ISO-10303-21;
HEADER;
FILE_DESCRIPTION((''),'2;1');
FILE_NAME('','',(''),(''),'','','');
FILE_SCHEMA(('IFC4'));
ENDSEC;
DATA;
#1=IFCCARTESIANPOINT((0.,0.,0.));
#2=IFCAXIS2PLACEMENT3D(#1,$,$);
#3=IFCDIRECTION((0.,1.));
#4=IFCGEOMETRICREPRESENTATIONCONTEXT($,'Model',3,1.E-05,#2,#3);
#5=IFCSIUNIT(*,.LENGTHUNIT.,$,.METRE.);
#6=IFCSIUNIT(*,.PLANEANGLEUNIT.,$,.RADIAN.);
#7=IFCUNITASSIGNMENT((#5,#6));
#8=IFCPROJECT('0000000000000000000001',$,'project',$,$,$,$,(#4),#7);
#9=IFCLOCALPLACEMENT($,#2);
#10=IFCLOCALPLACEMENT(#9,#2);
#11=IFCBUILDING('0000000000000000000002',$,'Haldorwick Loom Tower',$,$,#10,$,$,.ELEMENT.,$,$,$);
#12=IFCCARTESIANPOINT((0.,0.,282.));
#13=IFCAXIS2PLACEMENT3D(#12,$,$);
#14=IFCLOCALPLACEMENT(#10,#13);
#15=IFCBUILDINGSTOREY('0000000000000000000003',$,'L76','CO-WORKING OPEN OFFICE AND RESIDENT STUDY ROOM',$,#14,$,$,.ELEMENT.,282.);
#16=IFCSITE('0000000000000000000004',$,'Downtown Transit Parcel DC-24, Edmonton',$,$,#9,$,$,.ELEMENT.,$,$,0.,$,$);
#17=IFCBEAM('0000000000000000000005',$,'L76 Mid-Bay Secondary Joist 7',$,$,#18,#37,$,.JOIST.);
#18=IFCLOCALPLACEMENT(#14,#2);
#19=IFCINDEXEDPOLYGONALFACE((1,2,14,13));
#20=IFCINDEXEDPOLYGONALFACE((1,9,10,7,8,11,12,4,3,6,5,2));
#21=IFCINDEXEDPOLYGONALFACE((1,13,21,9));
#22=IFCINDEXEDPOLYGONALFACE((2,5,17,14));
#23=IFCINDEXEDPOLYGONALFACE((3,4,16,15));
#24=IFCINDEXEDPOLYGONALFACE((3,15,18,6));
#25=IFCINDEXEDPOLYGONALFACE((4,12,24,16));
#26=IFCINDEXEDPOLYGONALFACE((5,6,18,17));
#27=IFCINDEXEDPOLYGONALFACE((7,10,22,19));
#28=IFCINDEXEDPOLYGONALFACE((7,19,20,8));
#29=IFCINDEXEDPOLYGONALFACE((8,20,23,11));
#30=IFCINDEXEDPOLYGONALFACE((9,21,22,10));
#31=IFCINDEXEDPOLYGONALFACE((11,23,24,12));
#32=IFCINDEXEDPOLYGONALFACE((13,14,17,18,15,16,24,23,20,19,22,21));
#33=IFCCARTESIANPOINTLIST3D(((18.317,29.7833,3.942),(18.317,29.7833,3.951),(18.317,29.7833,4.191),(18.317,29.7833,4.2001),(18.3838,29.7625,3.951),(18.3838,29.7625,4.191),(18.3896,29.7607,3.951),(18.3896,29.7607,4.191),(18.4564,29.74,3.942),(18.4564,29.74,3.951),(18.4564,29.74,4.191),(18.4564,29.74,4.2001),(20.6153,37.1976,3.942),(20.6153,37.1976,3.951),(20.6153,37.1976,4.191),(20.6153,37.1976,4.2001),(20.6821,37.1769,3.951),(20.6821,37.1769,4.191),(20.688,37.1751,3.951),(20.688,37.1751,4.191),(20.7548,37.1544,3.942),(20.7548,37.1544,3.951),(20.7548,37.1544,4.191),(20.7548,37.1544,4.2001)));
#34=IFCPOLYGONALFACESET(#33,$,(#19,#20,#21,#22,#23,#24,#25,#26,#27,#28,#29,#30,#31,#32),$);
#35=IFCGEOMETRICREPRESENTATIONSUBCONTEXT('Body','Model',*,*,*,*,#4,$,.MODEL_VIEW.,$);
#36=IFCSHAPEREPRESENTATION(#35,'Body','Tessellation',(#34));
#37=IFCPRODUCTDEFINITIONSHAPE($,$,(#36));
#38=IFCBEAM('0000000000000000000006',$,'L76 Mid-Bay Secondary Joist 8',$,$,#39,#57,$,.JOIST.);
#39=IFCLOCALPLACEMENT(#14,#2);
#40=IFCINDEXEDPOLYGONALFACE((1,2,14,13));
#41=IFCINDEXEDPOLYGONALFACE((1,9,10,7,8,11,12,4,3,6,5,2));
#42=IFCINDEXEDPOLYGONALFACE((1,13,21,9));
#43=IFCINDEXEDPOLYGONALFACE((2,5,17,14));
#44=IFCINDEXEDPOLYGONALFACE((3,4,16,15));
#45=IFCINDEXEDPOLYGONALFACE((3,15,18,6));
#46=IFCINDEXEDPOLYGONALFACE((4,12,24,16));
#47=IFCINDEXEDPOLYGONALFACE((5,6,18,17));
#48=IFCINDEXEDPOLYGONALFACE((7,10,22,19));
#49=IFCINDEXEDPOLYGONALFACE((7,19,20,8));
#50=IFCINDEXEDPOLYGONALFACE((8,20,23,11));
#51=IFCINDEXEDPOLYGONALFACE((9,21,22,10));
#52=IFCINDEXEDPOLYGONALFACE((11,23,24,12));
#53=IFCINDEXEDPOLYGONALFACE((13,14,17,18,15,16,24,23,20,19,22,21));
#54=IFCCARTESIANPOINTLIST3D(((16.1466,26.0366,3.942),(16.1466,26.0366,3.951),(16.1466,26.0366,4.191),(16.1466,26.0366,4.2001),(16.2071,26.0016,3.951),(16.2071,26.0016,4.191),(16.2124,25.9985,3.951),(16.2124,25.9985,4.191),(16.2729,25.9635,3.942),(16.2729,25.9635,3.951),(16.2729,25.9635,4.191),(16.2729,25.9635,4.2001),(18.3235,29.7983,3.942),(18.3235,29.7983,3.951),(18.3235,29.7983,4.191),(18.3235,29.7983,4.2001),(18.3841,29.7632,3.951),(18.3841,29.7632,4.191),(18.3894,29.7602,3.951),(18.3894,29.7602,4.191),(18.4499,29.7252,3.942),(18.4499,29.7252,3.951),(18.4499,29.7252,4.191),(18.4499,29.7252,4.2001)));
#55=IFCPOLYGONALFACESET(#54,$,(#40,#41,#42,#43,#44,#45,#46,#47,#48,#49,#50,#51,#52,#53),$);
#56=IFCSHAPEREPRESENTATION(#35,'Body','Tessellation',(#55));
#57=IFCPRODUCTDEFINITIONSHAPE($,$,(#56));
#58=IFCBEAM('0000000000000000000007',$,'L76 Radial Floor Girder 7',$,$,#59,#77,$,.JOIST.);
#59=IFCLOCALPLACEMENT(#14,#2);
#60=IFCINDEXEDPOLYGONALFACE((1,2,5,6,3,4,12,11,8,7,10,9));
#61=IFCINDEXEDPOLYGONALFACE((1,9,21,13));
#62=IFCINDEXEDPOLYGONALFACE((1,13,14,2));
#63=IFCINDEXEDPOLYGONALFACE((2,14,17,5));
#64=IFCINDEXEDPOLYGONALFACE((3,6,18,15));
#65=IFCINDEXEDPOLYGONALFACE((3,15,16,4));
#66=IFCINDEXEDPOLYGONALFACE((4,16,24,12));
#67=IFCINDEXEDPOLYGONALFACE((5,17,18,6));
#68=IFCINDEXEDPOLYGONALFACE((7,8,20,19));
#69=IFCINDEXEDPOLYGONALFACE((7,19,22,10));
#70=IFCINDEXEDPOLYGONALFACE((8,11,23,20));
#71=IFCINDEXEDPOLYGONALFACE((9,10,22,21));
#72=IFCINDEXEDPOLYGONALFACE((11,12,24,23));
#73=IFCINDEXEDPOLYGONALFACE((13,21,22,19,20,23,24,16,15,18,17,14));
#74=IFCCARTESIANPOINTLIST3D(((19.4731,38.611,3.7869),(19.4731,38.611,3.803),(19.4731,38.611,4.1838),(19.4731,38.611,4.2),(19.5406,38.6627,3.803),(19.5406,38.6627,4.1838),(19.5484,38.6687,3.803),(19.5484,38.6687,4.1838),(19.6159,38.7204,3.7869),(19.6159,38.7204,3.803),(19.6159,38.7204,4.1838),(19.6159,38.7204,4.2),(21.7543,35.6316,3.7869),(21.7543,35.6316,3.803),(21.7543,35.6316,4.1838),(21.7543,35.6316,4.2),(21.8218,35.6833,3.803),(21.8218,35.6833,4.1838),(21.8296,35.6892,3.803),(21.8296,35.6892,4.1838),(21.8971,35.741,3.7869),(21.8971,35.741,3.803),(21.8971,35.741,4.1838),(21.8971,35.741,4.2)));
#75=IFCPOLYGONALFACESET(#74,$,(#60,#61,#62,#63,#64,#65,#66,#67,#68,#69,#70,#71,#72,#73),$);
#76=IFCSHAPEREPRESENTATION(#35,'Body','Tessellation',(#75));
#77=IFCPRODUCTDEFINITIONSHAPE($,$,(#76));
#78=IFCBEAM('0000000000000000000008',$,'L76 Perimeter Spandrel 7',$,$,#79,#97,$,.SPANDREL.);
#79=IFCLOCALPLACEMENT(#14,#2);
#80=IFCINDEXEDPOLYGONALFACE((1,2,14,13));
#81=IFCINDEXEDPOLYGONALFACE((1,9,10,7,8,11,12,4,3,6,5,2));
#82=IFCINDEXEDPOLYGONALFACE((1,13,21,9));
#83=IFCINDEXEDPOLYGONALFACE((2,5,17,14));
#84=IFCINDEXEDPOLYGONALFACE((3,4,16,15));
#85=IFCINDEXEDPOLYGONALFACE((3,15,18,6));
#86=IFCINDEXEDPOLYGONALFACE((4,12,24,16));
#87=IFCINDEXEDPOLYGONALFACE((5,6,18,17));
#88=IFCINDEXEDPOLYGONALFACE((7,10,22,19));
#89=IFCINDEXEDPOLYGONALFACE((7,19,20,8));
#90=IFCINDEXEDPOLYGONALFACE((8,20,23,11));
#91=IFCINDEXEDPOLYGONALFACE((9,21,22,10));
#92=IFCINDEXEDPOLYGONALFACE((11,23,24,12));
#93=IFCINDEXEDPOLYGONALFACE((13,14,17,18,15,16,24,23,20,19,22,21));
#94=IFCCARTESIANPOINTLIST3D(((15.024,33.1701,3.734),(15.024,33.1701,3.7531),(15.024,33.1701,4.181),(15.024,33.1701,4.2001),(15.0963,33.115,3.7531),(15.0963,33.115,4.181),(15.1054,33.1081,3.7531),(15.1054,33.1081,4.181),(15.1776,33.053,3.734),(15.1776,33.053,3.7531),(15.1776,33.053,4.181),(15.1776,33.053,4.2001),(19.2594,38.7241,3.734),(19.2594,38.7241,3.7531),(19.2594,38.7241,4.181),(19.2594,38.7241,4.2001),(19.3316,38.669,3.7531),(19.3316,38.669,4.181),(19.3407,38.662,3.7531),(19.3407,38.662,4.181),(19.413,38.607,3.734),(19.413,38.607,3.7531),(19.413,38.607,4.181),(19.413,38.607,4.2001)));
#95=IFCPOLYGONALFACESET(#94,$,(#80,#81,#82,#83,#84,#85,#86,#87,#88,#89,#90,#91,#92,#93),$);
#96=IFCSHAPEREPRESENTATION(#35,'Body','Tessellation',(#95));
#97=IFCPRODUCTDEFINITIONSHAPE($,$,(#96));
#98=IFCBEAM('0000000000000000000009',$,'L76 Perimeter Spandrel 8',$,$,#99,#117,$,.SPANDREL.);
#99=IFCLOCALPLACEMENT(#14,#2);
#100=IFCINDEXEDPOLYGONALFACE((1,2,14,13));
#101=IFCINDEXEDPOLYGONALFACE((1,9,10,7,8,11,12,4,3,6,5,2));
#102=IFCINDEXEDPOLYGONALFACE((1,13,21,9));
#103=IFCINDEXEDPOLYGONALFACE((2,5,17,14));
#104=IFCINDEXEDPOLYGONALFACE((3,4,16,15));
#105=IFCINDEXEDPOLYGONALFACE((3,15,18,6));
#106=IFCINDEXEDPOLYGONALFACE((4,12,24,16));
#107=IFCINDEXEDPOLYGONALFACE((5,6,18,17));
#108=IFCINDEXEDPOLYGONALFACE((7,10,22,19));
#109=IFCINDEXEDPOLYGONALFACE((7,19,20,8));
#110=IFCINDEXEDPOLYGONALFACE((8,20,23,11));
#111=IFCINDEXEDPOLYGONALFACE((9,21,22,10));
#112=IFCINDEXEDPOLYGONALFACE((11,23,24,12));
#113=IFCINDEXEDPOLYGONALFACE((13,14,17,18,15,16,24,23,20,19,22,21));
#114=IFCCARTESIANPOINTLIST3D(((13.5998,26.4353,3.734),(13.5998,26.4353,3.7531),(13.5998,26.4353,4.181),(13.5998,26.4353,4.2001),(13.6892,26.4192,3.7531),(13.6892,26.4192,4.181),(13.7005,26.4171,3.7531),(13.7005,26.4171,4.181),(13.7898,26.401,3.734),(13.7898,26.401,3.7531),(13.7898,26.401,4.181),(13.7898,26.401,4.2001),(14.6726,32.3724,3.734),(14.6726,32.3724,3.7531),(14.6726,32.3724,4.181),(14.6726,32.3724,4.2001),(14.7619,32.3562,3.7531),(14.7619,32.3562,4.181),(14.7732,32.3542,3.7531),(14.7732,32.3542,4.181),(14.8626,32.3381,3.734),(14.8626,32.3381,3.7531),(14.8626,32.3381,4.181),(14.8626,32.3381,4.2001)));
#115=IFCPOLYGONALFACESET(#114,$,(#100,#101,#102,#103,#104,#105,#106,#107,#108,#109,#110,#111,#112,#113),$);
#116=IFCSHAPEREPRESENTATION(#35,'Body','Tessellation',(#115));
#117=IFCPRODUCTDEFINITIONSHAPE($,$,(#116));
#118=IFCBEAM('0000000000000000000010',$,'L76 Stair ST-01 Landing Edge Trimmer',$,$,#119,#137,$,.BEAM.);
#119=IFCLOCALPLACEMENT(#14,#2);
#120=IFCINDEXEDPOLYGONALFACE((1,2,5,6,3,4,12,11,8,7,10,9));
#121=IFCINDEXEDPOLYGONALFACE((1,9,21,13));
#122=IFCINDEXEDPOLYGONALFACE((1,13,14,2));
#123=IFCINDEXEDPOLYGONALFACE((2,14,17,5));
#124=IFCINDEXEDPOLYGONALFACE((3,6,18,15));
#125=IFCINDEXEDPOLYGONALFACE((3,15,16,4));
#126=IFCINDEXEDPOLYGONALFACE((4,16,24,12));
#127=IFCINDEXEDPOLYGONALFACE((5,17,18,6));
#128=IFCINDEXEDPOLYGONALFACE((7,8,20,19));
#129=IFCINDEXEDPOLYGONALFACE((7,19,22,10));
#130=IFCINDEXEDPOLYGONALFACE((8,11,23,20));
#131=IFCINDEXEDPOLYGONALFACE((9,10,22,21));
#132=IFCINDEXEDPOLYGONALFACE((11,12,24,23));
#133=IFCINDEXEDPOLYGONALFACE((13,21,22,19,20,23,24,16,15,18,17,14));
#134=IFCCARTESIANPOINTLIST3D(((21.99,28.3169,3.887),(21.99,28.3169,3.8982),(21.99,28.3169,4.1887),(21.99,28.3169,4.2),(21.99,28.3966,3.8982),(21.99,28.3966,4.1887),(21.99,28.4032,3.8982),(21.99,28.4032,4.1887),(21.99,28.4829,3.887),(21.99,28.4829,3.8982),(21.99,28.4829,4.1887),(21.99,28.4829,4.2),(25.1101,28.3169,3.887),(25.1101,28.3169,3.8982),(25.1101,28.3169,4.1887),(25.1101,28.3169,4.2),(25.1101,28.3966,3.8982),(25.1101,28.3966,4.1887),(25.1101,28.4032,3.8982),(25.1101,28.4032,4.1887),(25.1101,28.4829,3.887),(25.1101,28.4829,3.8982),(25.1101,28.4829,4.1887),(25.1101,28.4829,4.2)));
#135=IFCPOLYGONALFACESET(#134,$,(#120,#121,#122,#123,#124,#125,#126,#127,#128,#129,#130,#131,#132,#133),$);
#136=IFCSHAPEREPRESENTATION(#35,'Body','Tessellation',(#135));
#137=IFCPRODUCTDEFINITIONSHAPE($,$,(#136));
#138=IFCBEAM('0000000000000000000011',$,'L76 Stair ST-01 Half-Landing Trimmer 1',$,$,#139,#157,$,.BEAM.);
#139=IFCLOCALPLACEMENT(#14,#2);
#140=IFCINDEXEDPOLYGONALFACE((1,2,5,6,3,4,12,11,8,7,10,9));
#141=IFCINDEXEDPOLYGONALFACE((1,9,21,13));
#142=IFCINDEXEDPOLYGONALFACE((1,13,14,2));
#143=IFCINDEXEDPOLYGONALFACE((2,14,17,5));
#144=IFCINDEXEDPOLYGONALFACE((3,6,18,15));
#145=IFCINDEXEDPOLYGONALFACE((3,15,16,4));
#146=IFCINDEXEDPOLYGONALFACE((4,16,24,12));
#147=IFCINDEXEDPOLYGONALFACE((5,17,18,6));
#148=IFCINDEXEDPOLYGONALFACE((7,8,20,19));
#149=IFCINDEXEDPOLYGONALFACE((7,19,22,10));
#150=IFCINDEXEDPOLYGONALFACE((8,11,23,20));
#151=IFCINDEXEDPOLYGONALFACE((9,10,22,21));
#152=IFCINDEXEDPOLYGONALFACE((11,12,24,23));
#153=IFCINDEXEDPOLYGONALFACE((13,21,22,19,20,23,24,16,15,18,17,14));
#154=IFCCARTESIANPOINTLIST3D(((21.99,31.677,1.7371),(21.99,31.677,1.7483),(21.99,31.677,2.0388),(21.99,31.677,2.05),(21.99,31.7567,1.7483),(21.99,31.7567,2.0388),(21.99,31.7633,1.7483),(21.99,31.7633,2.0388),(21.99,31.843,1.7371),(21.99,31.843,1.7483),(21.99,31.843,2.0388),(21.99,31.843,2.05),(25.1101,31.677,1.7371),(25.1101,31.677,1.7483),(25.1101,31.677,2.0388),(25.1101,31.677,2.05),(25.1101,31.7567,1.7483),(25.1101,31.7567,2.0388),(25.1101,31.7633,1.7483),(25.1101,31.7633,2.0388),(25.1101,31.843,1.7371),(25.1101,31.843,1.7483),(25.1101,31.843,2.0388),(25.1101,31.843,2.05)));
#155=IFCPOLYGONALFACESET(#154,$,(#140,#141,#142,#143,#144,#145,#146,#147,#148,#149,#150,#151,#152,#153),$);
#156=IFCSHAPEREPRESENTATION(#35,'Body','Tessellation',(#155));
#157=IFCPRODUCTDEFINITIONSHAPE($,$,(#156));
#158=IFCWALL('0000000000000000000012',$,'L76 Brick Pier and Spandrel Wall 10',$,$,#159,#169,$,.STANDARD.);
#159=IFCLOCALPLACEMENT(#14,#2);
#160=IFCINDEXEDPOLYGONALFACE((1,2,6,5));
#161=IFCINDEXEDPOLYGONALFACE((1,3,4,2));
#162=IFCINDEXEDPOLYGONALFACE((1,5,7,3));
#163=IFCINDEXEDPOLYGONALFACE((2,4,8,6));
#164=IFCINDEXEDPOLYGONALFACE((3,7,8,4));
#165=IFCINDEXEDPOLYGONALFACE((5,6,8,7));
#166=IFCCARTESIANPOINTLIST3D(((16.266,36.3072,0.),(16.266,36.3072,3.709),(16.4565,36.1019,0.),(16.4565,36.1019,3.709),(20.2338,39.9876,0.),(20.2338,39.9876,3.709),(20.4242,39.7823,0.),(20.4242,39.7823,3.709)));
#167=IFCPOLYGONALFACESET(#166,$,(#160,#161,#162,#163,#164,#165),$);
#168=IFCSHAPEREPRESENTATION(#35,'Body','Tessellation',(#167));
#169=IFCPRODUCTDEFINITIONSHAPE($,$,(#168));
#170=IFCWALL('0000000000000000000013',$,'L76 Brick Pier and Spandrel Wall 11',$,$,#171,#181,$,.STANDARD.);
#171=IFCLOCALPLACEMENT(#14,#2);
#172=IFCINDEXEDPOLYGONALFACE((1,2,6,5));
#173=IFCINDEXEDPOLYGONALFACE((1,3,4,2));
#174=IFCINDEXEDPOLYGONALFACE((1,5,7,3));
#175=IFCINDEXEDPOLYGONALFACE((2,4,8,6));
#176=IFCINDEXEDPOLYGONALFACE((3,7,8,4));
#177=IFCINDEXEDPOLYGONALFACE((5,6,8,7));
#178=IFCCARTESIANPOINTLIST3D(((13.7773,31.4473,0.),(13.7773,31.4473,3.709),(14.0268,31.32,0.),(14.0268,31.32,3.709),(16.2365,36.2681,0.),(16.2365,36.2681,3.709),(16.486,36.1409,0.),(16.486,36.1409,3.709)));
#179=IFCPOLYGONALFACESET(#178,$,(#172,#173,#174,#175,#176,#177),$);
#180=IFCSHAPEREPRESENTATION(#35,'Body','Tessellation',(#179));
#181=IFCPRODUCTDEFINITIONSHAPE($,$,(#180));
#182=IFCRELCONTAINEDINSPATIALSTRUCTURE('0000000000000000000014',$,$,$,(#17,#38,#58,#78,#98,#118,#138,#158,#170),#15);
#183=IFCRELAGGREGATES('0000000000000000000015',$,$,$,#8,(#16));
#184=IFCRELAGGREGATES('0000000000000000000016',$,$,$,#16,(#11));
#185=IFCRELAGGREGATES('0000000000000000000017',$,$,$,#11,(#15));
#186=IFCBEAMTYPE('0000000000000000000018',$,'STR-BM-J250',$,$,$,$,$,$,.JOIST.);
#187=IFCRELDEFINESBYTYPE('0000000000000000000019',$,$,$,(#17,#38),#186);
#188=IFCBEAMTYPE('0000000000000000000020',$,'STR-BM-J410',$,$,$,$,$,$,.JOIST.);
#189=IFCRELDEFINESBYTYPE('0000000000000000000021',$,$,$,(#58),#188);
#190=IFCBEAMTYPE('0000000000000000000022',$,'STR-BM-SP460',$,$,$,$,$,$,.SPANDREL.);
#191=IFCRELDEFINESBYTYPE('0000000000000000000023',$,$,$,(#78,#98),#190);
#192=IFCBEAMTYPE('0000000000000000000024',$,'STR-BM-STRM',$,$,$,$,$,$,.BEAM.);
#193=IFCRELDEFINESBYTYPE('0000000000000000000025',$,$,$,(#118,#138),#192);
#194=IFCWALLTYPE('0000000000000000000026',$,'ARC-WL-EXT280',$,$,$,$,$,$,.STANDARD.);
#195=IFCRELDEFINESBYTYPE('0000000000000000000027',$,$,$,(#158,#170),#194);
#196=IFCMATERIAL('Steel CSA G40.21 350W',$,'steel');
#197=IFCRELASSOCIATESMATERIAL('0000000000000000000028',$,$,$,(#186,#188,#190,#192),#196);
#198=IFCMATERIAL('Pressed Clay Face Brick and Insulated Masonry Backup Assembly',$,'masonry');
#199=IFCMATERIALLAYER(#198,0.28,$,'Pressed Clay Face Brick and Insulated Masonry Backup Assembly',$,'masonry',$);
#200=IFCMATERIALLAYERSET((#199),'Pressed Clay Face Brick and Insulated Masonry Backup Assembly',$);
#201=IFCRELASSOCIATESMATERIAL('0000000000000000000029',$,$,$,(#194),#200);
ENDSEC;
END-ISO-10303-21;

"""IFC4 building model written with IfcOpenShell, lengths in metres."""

from ifc_helpers import new_model, si_unit, direction, frame, frame_2d, origin, origin_2d, place, context, subcontext, project, spatial, rectangle, i_section, extrude, material, layer, layer_set, material_profile, profile_set, type_object, element, save


model = new_model("IFC4")

# Units and contexts
model_context = context("Model", 3, precision=1e-05, world=origin(), true_north=direction((0.0, 1.0)))
body_context = subcontext(model_context, "Body", "Model", "MODEL_VIEW")
ifc_project = project(units=[si_unit("LENGTHUNIT", "METRE"), si_unit("PLANEANGLEUNIT", "RADIAN")], contexts=[model_context])

# Site, building, storey
site_placement = place(None, origin())
site = spatial("IfcSite", under=ifc_project, at=site_placement, Name="Downtown Transit Parcel DC-24, Edmonton", CompositionType="ELEMENT", RefElevation=0.0)
building_placement = place(site_placement, origin())
building = spatial("IfcBuilding", under=site, at=building_placement, Name="Haldorwick Loom Tower", CompositionType="ELEMENT")
storey_placement = place(building_placement, frame((0.0, 0.0, 282.0)))
storey = spatial("IfcBuildingStorey", under=building, at=storey_placement, Name="L76", Description="CO-WORKING OPEN OFFICE AND RESIDENT STUDY ROOM", CompositionType="ELEMENT", Elevation=282.0)

# Shared definitions
ifc_material_1 = material(Name="Steel CSA G40.21 350W", Category="steel")

# Beams
ifc_material_profile_1 = material_profile(ifc_material_1, i_section(OverallWidth=0.146, OverallDepth=0.2581, WebThickness=0.0061, FlangeThickness=0.009, at=origin_2d()), Name="W250X33", Category="steel")
ifc_profile_set_1 = profile_set([ifc_material_profile_1], Name="Steel CSA G40.21 350W")
beam_type_1 = type_object("IfcBeamType", Name="STR-BM-J250", PredefinedType="JOIST", material=ifc_profile_set_1)
beam_1_placement = place(storey_placement, frame((20.6851, 37.176, 4.071), z_axis=(-0.296088, -0.955161, 0.0), x_axis=(0.955161, -0.296088, 0.0)))
element("IfcBeam", 1, at=beam_1_placement, inside=storey, type_object=beam_type_1, Name="L76 Mid-Bay Secondary Joist 7", PredefinedType="JOIST", context=body_context, shape_type="SweptSolid", body=[
    extrude(i_section(OverallWidth=0.146, OverallDepth=0.2581, WebThickness=0.0061, FlangeThickness=0.009, at=origin_2d()), origin(), (0.0, 0.0, 1.0), 7.7625),
])
beam_2_placement = place(storey_placement, frame((18.3867, 29.7617, 4.071), z_axis=(-0.500892, -0.86551, 0.0), x_axis=(0.86551, -0.500892, 0.0)))
element("IfcBeam", 2, at=beam_2_placement, inside=storey, type_object=beam_type_1, Name="L76 Mid-Bay Secondary Joist 8", PredefinedType="JOIST", context=body_context, shape_type="SweptSolid", body=[
    extrude(i_section(OverallWidth=0.146, OverallDepth=0.2581, WebThickness=0.0061, FlangeThickness=0.009, at=origin_2d()), origin(), (0.0, 0.0, 1.0), 4.3462),
])
ifc_material_profile_2 = material_profile(ifc_material_1, i_section(OverallWidth=0.1799, OverallDepth=0.4131, WebThickness=0.0098, FlangeThickness=0.0161, at=origin_2d()), Name="W410X74", Category="steel")
ifc_profile_set_2 = profile_set([ifc_material_profile_2], Name="Steel CSA G40.21 350W")
beam_type_2 = type_object("IfcBeamType", Name="STR-BM-J410", PredefinedType="JOIST", material=ifc_profile_set_2)
beam_3_placement = place(storey_placement, frame((21.8257, 35.6863, 3.9934), z_axis=(-0.607923, 0.793996, 0.0), x_axis=(-0.793996, -0.607923, 0.0)))
element("IfcBeam", 3, at=beam_3_placement, inside=storey, type_object=beam_type_2, Name="L76 Radial Floor Girder 7", PredefinedType="JOIST", context=body_context, shape_type="SweptSolid", body=[
    extrude(i_section(OverallWidth=0.1799, OverallDepth=0.4131, WebThickness=0.0098, FlangeThickness=0.0161, at=origin_2d()), origin(), (0.0, 0.0, 1.0), 3.7524),
])
ifc_material_profile_3 = material_profile(ifc_material_1, i_section(OverallWidth=0.1931, OverallDepth=0.4661, WebThickness=0.0115, FlangeThickness=0.019, at=origin_2d()), Name="W460X97", Category="steel")
ifc_profile_set_3 = profile_set([ifc_material_profile_3], Name="Steel CSA G40.21 350W")
beam_type_3 = type_object("IfcBeamType", Name="STR-BM-SP460", PredefinedType="SPANDREL", material=ifc_profile_set_3)
beam_4_placement = place(storey_placement, frame((19.3362, 38.6655, 3.967), z_axis=(-0.606384, -0.795172, 0.0), x_axis=(0.795172, -0.606384, 0.0)))
element("IfcBeam", 4, at=beam_4_placement, inside=storey, type_object=beam_type_3, Name="L76 Perimeter Spandrel 7", PredefinedType="SPANDREL", context=body_context, shape_type="SweptSolid", body=[
    extrude(i_section(OverallWidth=0.1931, OverallDepth=0.4661, WebThickness=0.0115, FlangeThickness=0.019, at=origin_2d()), origin(), (0.0, 0.0, 1.0), 6.9846),
])
beam_5_placement = place(storey_placement, frame((14.7676, 32.3552, 3.967), z_axis=(-0.17781, -0.984065, 0.0), x_axis=(0.984065, -0.17781, 0.0)))
element("IfcBeam", 5, at=beam_5_placement, inside=storey, type_object=beam_type_3, Name="L76 Perimeter Spandrel 8", PredefinedType="SPANDREL", context=body_context, shape_type="SweptSolid", body=[
    extrude(i_section(OverallWidth=0.1931, OverallDepth=0.4661, WebThickness=0.0115, FlangeThickness=0.019, at=origin_2d()), origin(), (0.0, 0.0, 1.0), 6.0332),
])
ifc_material_profile_4 = material_profile(ifc_material_1, i_section(OverallWidth=0.166, OverallDepth=0.313, WebThickness=0.0066, FlangeThickness=0.0112, at=origin_2d()), Name="W310X45", Category="steel")
ifc_profile_set_4 = profile_set([ifc_material_profile_4], Name="Steel CSA G40.21 350W")
beam_type_4 = type_object("IfcBeamType", Name="STR-BM-STRM", PredefinedType="BEAM", material=ifc_profile_set_4)
for number, where, z_axis, x_axis, name in (
    (6, (21.99, 28.3999, 4.0435), (1.0, 0.0, 0.0), (0.0, 1.0, 0.0), "L76 Stair ST-01 Landing Edge Trimmer"),
    (7, (21.99, 31.76, 1.8936), (1.0, 0.0, 0.0), (0.0, 1.0, 0.0), "L76 Stair ST-01 Half-Landing Trimmer 1"),
):
    element("IfcBeam", number, at=place(storey_placement, frame(where, z_axis=z_axis, x_axis=x_axis)), inside=storey, type_object=beam_type_4, Name=name, PredefinedType="BEAM", context=body_context, shape_type="SweptSolid", body=[
        extrude(i_section(OverallWidth=0.166, OverallDepth=0.313, WebThickness=0.0066, FlangeThickness=0.0112, at=origin_2d()), origin(), (0.0, 0.0, 1.0), 3.1201),
    ])

# Walls
ifc_material_2 = material(Name="Pressed Clay Face Brick and Insulated Masonry Backup Assembly", Category="masonry")
ifc_layer_1 = layer(ifc_material_2, 0.28, Name="Pressed Clay Face Brick and Insulated Masonry Backup Assembly", Category="masonry")
ifc_layer_set_1 = layer_set([ifc_layer_1], Name="Pressed Clay Face Brick and Insulated Masonry Backup Assembly")
wall_type_1 = type_object("IfcWallType", Name="ARC-WL-EXT280", PredefinedType="STANDARD", material=ifc_layer_set_1)
for number, where, z_axis, x_axis, name in (
    (8, (20.3291, 39.885, 0.0), (0.0, 0.0, 1.0), (-0.733157, -0.68006, 0.0), "L76 Brick Pier and Spandrel Wall 10"),
    (9, (16.3613, 36.2046, 0.0), (0.0, 0.0, 1.0), (-0.454417, -0.890789, 0.0), "L76 Brick Pier and Spandrel Wall 11"),
):
    element("IfcWall", number, at=place(storey_placement, frame(where, z_axis=z_axis, x_axis=x_axis)), inside=storey, type_object=wall_type_1, Name=name, PredefinedType="STANDARD", context=body_context, shape_type="SweptSolid", body=[
        extrude(rectangle(XDim=5.4119, YDim=0.28, at=frame_2d((2.7061, 0.0))), origin(), (0.0, 0.0, 1.0), 3.709),
    ])

save(model, "model.ifc")
